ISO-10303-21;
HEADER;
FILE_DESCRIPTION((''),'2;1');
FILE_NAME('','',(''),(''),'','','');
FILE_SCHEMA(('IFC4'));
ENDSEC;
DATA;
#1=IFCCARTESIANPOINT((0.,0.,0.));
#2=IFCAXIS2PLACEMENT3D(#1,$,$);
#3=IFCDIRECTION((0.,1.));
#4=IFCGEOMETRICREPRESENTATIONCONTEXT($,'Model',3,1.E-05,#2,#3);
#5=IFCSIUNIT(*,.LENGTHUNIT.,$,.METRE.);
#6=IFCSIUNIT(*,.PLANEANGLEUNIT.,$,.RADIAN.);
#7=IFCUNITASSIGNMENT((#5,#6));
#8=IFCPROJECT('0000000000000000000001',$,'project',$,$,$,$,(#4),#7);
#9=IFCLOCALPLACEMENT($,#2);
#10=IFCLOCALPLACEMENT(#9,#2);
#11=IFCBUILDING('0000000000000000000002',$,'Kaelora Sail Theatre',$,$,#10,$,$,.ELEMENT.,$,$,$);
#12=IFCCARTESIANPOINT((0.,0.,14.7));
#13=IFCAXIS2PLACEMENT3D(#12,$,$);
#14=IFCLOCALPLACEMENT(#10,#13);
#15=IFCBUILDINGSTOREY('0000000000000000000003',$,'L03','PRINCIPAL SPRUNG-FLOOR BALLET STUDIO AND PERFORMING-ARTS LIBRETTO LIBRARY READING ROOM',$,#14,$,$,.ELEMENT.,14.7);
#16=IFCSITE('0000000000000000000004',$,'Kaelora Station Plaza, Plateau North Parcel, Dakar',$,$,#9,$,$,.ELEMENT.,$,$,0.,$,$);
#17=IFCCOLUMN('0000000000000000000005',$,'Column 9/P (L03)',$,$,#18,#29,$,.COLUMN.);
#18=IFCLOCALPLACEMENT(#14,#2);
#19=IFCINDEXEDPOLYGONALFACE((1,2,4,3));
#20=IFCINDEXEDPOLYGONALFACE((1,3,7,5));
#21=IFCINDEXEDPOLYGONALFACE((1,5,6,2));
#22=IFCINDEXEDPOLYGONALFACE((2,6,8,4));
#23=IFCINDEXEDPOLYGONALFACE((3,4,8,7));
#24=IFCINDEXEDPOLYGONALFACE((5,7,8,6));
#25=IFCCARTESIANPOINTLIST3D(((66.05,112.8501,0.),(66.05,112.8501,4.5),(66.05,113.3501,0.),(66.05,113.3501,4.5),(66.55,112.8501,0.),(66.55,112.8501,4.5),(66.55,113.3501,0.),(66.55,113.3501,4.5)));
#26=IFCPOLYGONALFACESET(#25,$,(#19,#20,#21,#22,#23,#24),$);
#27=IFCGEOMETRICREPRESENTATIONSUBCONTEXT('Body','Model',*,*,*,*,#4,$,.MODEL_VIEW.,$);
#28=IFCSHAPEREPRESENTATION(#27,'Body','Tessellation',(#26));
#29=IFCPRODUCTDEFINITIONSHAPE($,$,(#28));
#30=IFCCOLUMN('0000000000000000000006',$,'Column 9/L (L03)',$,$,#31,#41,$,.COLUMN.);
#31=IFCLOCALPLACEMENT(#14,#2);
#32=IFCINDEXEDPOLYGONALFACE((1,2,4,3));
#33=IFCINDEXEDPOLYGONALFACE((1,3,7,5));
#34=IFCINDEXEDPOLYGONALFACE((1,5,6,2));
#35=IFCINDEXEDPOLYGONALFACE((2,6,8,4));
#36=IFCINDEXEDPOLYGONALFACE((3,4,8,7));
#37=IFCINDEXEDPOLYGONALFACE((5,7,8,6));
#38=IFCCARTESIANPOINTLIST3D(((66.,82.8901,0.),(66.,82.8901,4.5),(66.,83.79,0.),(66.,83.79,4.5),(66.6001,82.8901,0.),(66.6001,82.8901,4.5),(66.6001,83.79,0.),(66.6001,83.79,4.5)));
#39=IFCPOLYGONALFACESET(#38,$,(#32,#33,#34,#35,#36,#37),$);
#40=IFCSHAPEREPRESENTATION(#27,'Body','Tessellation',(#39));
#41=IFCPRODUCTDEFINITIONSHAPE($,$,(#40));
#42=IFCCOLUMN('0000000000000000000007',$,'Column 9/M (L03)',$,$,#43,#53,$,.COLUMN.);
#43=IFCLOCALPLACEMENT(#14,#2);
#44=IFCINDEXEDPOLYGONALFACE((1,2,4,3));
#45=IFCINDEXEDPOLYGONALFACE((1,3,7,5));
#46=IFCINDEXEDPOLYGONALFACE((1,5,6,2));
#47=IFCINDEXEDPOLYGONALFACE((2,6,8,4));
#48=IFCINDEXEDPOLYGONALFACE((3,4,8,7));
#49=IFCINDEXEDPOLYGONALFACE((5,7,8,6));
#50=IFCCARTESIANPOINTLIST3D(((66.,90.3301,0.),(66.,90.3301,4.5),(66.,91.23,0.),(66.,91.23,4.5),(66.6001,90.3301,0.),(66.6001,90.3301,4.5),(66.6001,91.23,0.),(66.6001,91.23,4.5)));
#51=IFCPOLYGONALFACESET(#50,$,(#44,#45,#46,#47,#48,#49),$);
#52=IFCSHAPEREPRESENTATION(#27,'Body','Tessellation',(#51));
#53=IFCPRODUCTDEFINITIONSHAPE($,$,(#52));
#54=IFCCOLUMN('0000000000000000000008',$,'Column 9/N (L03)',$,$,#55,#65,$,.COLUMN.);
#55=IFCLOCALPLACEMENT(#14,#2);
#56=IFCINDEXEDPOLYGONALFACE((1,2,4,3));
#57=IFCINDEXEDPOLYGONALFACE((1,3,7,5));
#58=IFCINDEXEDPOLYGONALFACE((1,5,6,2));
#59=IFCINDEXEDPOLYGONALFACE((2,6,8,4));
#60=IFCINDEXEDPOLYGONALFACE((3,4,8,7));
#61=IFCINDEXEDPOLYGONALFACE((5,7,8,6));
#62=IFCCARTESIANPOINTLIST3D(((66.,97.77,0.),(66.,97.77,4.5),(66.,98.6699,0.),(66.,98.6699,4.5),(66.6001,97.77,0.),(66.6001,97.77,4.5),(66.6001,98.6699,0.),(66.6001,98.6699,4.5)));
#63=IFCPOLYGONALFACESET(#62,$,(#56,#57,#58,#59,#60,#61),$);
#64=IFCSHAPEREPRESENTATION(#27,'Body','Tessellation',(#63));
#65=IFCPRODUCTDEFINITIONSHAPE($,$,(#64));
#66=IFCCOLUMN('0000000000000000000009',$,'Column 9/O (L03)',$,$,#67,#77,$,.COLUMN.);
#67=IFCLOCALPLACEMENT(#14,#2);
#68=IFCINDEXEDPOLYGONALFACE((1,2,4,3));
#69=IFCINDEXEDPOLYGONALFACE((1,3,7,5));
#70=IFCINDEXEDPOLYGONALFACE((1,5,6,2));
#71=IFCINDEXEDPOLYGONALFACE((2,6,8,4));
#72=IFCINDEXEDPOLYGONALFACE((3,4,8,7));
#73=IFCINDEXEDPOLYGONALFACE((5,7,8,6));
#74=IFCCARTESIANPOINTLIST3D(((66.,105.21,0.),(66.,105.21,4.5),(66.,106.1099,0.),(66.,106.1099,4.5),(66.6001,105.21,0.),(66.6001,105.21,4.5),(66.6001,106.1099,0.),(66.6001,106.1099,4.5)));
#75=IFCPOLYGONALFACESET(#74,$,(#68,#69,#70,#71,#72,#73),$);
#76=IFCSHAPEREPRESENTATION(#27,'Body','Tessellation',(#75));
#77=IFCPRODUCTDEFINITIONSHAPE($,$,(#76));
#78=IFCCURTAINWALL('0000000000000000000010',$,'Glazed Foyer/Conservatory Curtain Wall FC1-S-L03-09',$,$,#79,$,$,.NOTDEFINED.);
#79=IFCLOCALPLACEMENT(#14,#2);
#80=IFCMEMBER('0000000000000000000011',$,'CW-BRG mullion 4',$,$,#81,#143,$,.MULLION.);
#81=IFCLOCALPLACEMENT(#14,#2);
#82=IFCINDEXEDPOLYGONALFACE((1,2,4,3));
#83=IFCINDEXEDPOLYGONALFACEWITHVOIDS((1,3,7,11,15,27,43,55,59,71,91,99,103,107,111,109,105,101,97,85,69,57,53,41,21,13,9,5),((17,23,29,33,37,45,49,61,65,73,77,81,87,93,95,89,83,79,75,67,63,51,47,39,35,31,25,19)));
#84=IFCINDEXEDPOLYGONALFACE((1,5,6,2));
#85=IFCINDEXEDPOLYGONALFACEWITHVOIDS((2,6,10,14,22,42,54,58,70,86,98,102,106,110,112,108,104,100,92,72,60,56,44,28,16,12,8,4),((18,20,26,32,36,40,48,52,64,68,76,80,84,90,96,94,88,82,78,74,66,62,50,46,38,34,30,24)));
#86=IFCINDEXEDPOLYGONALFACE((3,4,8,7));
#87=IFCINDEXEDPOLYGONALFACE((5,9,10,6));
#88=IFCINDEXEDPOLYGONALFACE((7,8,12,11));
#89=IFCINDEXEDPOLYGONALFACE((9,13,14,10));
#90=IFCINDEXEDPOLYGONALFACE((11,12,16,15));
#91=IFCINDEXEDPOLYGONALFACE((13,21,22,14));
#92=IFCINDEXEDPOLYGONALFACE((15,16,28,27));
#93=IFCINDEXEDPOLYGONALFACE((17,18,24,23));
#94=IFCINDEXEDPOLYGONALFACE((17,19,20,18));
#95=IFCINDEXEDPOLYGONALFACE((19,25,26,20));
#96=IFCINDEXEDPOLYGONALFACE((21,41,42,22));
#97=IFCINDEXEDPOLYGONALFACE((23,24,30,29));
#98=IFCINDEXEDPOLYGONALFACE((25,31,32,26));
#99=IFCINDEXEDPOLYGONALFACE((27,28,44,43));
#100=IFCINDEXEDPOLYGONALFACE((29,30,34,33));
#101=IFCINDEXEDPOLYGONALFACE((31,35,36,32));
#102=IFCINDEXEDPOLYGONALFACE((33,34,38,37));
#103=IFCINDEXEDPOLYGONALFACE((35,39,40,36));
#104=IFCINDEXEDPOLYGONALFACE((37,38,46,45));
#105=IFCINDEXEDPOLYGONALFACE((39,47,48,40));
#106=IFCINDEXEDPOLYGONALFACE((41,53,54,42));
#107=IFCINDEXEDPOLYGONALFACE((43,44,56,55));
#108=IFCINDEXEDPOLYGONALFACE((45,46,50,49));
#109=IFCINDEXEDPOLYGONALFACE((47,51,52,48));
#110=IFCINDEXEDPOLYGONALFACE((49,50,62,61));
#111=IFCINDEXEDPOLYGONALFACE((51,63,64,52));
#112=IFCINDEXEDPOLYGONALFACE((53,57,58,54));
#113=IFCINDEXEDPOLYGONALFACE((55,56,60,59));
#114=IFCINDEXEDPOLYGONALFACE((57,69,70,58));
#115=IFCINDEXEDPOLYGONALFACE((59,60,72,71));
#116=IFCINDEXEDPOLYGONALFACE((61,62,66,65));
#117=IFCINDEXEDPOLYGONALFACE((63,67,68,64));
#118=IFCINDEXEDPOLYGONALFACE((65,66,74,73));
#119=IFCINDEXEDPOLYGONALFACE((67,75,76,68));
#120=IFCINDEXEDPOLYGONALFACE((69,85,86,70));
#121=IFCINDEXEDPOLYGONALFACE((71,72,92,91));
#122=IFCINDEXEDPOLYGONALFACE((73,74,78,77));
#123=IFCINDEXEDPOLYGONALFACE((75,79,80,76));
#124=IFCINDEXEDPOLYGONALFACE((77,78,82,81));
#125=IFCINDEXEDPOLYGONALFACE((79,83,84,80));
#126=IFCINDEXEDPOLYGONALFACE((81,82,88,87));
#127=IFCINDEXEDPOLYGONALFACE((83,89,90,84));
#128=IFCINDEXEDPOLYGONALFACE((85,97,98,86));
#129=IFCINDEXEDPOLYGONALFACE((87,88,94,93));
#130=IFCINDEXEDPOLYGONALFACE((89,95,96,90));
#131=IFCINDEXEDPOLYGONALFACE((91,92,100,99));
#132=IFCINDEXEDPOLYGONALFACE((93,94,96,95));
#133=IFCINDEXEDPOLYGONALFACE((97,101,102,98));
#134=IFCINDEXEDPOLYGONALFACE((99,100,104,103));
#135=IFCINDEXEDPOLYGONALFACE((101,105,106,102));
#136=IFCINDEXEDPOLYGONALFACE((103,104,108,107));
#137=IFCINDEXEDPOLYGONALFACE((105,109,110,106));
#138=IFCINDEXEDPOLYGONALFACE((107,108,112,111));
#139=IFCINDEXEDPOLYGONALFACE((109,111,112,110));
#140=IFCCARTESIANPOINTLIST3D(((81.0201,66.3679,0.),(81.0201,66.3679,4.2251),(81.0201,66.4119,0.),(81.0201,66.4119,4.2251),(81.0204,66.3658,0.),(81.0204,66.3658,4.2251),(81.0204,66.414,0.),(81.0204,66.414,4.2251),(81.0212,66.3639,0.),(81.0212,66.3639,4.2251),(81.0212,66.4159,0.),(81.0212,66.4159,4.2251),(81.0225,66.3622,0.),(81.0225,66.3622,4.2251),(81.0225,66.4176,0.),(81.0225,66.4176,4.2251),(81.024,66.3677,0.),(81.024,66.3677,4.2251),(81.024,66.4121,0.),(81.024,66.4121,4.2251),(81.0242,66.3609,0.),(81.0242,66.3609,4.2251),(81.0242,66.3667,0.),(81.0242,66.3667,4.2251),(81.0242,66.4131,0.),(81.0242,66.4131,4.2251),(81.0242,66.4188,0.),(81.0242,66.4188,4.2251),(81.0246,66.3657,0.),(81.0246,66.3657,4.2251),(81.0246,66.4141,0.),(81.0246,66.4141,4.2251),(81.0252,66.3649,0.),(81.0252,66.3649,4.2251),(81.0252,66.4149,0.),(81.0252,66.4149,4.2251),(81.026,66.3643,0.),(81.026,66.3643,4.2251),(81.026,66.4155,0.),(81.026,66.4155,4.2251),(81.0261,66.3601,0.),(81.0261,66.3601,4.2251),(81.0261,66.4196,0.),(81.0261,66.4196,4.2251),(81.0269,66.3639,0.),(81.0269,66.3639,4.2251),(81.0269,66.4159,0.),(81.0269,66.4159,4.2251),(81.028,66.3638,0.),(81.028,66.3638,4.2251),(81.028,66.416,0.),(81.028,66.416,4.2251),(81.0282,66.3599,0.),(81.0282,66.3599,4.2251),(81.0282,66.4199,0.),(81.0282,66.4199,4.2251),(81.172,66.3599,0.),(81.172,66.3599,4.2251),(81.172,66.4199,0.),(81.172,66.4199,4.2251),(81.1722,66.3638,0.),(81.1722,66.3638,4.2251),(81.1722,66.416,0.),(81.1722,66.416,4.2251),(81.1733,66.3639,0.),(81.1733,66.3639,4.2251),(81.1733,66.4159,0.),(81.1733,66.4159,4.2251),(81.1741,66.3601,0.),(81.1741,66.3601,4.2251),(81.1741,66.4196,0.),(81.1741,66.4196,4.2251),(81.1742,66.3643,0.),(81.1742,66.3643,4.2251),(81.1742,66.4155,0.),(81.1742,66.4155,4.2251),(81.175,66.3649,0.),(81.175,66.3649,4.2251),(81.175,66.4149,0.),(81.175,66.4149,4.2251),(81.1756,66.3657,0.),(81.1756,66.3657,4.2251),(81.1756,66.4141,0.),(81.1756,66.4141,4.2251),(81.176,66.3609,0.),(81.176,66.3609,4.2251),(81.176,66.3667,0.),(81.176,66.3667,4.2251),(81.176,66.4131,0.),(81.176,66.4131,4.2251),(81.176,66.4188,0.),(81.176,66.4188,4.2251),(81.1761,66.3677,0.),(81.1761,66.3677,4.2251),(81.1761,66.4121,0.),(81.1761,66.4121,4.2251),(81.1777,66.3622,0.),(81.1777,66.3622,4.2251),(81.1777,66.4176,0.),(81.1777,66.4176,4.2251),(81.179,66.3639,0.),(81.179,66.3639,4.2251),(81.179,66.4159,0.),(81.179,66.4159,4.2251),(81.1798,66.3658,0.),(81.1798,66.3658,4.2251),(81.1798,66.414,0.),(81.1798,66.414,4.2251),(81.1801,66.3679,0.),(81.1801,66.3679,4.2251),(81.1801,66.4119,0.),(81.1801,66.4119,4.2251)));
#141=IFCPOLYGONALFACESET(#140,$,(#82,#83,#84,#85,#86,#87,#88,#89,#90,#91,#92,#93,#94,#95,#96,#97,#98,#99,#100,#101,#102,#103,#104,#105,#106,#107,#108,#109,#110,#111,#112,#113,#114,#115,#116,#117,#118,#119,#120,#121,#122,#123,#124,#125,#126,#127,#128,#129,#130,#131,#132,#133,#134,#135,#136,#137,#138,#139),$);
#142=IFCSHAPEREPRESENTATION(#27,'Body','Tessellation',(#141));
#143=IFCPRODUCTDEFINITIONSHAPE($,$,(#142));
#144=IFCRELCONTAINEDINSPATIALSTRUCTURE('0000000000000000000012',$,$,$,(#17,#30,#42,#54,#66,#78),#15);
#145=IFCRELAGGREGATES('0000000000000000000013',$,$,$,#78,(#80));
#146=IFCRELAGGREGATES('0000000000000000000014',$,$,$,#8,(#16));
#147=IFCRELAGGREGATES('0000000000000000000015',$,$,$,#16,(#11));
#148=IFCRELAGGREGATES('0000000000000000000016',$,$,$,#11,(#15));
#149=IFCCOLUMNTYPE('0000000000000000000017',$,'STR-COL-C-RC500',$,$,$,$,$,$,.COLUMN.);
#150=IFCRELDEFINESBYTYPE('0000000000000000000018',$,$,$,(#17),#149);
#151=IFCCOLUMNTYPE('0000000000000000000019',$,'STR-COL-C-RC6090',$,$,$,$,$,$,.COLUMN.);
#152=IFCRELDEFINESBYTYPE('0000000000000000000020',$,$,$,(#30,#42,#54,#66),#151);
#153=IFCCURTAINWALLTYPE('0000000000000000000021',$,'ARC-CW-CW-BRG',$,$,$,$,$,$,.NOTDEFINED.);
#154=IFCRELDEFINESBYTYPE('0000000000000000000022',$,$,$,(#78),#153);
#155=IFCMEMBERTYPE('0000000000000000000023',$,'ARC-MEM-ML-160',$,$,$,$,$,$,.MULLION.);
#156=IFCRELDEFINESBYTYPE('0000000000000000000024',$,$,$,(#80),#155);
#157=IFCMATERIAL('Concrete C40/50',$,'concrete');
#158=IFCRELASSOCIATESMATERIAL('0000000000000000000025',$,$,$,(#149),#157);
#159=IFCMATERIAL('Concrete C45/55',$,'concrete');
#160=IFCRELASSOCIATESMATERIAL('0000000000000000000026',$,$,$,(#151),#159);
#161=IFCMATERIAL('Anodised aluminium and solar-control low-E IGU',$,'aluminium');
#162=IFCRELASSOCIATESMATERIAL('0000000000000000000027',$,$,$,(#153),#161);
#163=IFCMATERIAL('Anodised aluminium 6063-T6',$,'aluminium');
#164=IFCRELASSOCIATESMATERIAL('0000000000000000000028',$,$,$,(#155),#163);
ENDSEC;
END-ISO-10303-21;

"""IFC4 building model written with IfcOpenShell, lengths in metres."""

from ifc_helpers import new_model, si_unit, direction, frame, origin, origin_2d, place, context, subcontext, project, spatial, rectangle, hollow_rectangle, extrude, material, material_profile, profile_set, type_object, element, aggregate, save


model = new_model("IFC4")

# Units and contexts
model_context = context("Model", 3, precision=1e-05, world=origin(), true_north=direction((0.0, 1.0)))
body_context = subcontext(model_context, "Body", "Model", "MODEL_VIEW")
ifc_project = project(units=[si_unit("LENGTHUNIT", "METRE"), si_unit("PLANEANGLEUNIT", "RADIAN")], contexts=[model_context])

# Site, building, storey
site_placement = place(None, origin())
site = spatial("IfcSite", under=ifc_project, at=site_placement, Name="Kaelora Station Plaza, Plateau North Parcel, Dakar", CompositionType="ELEMENT", RefElevation=0.0)
building_placement = place(site_placement, origin())
building = spatial("IfcBuilding", under=site, at=building_placement, Name="Kaelora Sail Theatre", CompositionType="ELEMENT")
storey_placement = place(building_placement, frame((0.0, 0.0, 14.7)))
storey = spatial("IfcBuildingStorey", under=building, at=storey_placement, Name="L03", Description="PRINCIPAL SPRUNG-FLOOR BALLET STUDIO AND PERFORMING-ARTS LIBRETTO LIBRARY READING ROOM", CompositionType="ELEMENT", Elevation=14.7)

# Columns
ifc_material_1 = material(Name="Concrete C40/50", Category="concrete")
ifc_material_profile_1 = material_profile(ifc_material_1, rectangle(XDim=0.5, YDim=0.5, at=origin_2d()), Name="RC-COL 500x500")
ifc_profile_set_1 = profile_set([ifc_material_profile_1], Name="Concrete C40/50")
column_type_1 = type_object("IfcColumnType", Name="STR-COL-C-RC500", PredefinedType="COLUMN", material=ifc_profile_set_1)
column_placement = place(storey_placement, frame((66.3, 113.1001, 0.0), z_axis=(0.0, 0.0, 1.0), x_axis=(1.0, 0.0, 0.0)))
element("IfcColumn", 1, at=column_placement, inside=storey, type_object=column_type_1, Name="Column 9/P (L03)", PredefinedType="COLUMN", context=body_context, shape_type="SweptSolid", body=[
    extrude(rectangle(XDim=0.5, YDim=0.5, at=origin_2d()), origin(), (0.0, 0.0, 1.0), 4.5),
])
ifc_material_2 = material(Name="Concrete C45/55", Category="concrete")
ifc_material_profile_2 = material_profile(ifc_material_2, rectangle(XDim=0.6001, YDim=0.8999, at=origin_2d()), Name="RC-COL 600x900")
ifc_profile_set_2 = profile_set([ifc_material_profile_2], Name="Concrete C45/55")
column_type_2 = type_object("IfcColumnType", Name="STR-COL-C-RC6090", PredefinedType="COLUMN", material=ifc_profile_set_2)
for number, where, z_axis, x_axis, name in (
    (2, (66.3, 83.3401, 0.0), (0.0, 0.0, 1.0), (1.0, 0.0, 0.0), "Column 9/L (L03)"),
    (3, (66.3, 90.78, 0.0), (0.0, 0.0, 1.0), (1.0, 0.0, 0.0), "Column 9/M (L03)"),
    (4, (66.3, 98.22, 0.0), (0.0, 0.0, 1.0), (1.0, 0.0, 0.0), "Column 9/N (L03)"),
    (5, (66.3, 105.6599, 0.0), (0.0, 0.0, 1.0), (1.0, 0.0, 0.0), "Column 9/O (L03)"),
):
    element("IfcColumn", number, at=place(storey_placement, frame(where, z_axis=z_axis, x_axis=x_axis)), inside=storey, type_object=column_type_2, Name=name, PredefinedType="COLUMN", context=body_context, shape_type="SweptSolid", body=[
        extrude(rectangle(XDim=0.6001, YDim=0.8999, at=origin_2d()), origin(), (0.0, 0.0, 1.0), 4.5),
    ])

# Curtain wall, member
ifc_material_3 = material(Name="Anodised aluminium and solar-control low-E IGU", Category="aluminium")
curtain_wall_type = type_object("IfcCurtainWallType", Name="ARC-CW-CW-BRG", PredefinedType="NOTDEFINED", material=ifc_material_3)
curtain_wall_placement = place(storey_placement, origin())
curtain_wall = element("IfcCurtainWall", 6, at=curtain_wall_placement, inside=storey, type_object=curtain_wall_type, Name="Glazed Foyer/Conservatory Curtain Wall FC1-S-L03-09", PredefinedType="NOTDEFINED")
ifc_material_4 = material(Name="Anodised aluminium 6063-T6", Category="aluminium")
ifc_material_profile_3 = material_profile(ifc_material_4, hollow_rectangle(XDim=0.0601, YDim=0.1599, WallThickness=0.0039, InnerFilletRadius=0.0039, OuterFilletRadius=0.0081, at=origin_2d()), Name="ALU-MULL 60x160x4")
ifc_profile_set_3 = profile_set([ifc_material_profile_3], Name="Anodised aluminium 6063-T6")
member_type_1 = type_object("IfcMemberType", Name="ARC-MEM-ML-160", PredefinedType="MULLION", material=ifc_profile_set_3)
member_1_placement = place(storey_placement, frame((81.1001, 66.3899, 0.0), z_axis=(0.0, 0.0, 1.0), x_axis=(0.0, 1.0, 0.0)))
member_1 = element("IfcMember", 7, at=member_1_placement, type_object=member_type_1, Name="CW-BRG mullion 4", PredefinedType="MULLION", context=body_context, shape_type="SweptSolid", body=[
    extrude(hollow_rectangle(XDim=0.0601, YDim=0.1599, WallThickness=0.0039, InnerFilletRadius=0.0039, OuterFilletRadius=0.0081, at=origin_2d()), origin(), (0.0, 0.0, 1.0), 4.2251),
])
aggregate(curtain_wall, [member_1])

save(model, "model.ifc")
